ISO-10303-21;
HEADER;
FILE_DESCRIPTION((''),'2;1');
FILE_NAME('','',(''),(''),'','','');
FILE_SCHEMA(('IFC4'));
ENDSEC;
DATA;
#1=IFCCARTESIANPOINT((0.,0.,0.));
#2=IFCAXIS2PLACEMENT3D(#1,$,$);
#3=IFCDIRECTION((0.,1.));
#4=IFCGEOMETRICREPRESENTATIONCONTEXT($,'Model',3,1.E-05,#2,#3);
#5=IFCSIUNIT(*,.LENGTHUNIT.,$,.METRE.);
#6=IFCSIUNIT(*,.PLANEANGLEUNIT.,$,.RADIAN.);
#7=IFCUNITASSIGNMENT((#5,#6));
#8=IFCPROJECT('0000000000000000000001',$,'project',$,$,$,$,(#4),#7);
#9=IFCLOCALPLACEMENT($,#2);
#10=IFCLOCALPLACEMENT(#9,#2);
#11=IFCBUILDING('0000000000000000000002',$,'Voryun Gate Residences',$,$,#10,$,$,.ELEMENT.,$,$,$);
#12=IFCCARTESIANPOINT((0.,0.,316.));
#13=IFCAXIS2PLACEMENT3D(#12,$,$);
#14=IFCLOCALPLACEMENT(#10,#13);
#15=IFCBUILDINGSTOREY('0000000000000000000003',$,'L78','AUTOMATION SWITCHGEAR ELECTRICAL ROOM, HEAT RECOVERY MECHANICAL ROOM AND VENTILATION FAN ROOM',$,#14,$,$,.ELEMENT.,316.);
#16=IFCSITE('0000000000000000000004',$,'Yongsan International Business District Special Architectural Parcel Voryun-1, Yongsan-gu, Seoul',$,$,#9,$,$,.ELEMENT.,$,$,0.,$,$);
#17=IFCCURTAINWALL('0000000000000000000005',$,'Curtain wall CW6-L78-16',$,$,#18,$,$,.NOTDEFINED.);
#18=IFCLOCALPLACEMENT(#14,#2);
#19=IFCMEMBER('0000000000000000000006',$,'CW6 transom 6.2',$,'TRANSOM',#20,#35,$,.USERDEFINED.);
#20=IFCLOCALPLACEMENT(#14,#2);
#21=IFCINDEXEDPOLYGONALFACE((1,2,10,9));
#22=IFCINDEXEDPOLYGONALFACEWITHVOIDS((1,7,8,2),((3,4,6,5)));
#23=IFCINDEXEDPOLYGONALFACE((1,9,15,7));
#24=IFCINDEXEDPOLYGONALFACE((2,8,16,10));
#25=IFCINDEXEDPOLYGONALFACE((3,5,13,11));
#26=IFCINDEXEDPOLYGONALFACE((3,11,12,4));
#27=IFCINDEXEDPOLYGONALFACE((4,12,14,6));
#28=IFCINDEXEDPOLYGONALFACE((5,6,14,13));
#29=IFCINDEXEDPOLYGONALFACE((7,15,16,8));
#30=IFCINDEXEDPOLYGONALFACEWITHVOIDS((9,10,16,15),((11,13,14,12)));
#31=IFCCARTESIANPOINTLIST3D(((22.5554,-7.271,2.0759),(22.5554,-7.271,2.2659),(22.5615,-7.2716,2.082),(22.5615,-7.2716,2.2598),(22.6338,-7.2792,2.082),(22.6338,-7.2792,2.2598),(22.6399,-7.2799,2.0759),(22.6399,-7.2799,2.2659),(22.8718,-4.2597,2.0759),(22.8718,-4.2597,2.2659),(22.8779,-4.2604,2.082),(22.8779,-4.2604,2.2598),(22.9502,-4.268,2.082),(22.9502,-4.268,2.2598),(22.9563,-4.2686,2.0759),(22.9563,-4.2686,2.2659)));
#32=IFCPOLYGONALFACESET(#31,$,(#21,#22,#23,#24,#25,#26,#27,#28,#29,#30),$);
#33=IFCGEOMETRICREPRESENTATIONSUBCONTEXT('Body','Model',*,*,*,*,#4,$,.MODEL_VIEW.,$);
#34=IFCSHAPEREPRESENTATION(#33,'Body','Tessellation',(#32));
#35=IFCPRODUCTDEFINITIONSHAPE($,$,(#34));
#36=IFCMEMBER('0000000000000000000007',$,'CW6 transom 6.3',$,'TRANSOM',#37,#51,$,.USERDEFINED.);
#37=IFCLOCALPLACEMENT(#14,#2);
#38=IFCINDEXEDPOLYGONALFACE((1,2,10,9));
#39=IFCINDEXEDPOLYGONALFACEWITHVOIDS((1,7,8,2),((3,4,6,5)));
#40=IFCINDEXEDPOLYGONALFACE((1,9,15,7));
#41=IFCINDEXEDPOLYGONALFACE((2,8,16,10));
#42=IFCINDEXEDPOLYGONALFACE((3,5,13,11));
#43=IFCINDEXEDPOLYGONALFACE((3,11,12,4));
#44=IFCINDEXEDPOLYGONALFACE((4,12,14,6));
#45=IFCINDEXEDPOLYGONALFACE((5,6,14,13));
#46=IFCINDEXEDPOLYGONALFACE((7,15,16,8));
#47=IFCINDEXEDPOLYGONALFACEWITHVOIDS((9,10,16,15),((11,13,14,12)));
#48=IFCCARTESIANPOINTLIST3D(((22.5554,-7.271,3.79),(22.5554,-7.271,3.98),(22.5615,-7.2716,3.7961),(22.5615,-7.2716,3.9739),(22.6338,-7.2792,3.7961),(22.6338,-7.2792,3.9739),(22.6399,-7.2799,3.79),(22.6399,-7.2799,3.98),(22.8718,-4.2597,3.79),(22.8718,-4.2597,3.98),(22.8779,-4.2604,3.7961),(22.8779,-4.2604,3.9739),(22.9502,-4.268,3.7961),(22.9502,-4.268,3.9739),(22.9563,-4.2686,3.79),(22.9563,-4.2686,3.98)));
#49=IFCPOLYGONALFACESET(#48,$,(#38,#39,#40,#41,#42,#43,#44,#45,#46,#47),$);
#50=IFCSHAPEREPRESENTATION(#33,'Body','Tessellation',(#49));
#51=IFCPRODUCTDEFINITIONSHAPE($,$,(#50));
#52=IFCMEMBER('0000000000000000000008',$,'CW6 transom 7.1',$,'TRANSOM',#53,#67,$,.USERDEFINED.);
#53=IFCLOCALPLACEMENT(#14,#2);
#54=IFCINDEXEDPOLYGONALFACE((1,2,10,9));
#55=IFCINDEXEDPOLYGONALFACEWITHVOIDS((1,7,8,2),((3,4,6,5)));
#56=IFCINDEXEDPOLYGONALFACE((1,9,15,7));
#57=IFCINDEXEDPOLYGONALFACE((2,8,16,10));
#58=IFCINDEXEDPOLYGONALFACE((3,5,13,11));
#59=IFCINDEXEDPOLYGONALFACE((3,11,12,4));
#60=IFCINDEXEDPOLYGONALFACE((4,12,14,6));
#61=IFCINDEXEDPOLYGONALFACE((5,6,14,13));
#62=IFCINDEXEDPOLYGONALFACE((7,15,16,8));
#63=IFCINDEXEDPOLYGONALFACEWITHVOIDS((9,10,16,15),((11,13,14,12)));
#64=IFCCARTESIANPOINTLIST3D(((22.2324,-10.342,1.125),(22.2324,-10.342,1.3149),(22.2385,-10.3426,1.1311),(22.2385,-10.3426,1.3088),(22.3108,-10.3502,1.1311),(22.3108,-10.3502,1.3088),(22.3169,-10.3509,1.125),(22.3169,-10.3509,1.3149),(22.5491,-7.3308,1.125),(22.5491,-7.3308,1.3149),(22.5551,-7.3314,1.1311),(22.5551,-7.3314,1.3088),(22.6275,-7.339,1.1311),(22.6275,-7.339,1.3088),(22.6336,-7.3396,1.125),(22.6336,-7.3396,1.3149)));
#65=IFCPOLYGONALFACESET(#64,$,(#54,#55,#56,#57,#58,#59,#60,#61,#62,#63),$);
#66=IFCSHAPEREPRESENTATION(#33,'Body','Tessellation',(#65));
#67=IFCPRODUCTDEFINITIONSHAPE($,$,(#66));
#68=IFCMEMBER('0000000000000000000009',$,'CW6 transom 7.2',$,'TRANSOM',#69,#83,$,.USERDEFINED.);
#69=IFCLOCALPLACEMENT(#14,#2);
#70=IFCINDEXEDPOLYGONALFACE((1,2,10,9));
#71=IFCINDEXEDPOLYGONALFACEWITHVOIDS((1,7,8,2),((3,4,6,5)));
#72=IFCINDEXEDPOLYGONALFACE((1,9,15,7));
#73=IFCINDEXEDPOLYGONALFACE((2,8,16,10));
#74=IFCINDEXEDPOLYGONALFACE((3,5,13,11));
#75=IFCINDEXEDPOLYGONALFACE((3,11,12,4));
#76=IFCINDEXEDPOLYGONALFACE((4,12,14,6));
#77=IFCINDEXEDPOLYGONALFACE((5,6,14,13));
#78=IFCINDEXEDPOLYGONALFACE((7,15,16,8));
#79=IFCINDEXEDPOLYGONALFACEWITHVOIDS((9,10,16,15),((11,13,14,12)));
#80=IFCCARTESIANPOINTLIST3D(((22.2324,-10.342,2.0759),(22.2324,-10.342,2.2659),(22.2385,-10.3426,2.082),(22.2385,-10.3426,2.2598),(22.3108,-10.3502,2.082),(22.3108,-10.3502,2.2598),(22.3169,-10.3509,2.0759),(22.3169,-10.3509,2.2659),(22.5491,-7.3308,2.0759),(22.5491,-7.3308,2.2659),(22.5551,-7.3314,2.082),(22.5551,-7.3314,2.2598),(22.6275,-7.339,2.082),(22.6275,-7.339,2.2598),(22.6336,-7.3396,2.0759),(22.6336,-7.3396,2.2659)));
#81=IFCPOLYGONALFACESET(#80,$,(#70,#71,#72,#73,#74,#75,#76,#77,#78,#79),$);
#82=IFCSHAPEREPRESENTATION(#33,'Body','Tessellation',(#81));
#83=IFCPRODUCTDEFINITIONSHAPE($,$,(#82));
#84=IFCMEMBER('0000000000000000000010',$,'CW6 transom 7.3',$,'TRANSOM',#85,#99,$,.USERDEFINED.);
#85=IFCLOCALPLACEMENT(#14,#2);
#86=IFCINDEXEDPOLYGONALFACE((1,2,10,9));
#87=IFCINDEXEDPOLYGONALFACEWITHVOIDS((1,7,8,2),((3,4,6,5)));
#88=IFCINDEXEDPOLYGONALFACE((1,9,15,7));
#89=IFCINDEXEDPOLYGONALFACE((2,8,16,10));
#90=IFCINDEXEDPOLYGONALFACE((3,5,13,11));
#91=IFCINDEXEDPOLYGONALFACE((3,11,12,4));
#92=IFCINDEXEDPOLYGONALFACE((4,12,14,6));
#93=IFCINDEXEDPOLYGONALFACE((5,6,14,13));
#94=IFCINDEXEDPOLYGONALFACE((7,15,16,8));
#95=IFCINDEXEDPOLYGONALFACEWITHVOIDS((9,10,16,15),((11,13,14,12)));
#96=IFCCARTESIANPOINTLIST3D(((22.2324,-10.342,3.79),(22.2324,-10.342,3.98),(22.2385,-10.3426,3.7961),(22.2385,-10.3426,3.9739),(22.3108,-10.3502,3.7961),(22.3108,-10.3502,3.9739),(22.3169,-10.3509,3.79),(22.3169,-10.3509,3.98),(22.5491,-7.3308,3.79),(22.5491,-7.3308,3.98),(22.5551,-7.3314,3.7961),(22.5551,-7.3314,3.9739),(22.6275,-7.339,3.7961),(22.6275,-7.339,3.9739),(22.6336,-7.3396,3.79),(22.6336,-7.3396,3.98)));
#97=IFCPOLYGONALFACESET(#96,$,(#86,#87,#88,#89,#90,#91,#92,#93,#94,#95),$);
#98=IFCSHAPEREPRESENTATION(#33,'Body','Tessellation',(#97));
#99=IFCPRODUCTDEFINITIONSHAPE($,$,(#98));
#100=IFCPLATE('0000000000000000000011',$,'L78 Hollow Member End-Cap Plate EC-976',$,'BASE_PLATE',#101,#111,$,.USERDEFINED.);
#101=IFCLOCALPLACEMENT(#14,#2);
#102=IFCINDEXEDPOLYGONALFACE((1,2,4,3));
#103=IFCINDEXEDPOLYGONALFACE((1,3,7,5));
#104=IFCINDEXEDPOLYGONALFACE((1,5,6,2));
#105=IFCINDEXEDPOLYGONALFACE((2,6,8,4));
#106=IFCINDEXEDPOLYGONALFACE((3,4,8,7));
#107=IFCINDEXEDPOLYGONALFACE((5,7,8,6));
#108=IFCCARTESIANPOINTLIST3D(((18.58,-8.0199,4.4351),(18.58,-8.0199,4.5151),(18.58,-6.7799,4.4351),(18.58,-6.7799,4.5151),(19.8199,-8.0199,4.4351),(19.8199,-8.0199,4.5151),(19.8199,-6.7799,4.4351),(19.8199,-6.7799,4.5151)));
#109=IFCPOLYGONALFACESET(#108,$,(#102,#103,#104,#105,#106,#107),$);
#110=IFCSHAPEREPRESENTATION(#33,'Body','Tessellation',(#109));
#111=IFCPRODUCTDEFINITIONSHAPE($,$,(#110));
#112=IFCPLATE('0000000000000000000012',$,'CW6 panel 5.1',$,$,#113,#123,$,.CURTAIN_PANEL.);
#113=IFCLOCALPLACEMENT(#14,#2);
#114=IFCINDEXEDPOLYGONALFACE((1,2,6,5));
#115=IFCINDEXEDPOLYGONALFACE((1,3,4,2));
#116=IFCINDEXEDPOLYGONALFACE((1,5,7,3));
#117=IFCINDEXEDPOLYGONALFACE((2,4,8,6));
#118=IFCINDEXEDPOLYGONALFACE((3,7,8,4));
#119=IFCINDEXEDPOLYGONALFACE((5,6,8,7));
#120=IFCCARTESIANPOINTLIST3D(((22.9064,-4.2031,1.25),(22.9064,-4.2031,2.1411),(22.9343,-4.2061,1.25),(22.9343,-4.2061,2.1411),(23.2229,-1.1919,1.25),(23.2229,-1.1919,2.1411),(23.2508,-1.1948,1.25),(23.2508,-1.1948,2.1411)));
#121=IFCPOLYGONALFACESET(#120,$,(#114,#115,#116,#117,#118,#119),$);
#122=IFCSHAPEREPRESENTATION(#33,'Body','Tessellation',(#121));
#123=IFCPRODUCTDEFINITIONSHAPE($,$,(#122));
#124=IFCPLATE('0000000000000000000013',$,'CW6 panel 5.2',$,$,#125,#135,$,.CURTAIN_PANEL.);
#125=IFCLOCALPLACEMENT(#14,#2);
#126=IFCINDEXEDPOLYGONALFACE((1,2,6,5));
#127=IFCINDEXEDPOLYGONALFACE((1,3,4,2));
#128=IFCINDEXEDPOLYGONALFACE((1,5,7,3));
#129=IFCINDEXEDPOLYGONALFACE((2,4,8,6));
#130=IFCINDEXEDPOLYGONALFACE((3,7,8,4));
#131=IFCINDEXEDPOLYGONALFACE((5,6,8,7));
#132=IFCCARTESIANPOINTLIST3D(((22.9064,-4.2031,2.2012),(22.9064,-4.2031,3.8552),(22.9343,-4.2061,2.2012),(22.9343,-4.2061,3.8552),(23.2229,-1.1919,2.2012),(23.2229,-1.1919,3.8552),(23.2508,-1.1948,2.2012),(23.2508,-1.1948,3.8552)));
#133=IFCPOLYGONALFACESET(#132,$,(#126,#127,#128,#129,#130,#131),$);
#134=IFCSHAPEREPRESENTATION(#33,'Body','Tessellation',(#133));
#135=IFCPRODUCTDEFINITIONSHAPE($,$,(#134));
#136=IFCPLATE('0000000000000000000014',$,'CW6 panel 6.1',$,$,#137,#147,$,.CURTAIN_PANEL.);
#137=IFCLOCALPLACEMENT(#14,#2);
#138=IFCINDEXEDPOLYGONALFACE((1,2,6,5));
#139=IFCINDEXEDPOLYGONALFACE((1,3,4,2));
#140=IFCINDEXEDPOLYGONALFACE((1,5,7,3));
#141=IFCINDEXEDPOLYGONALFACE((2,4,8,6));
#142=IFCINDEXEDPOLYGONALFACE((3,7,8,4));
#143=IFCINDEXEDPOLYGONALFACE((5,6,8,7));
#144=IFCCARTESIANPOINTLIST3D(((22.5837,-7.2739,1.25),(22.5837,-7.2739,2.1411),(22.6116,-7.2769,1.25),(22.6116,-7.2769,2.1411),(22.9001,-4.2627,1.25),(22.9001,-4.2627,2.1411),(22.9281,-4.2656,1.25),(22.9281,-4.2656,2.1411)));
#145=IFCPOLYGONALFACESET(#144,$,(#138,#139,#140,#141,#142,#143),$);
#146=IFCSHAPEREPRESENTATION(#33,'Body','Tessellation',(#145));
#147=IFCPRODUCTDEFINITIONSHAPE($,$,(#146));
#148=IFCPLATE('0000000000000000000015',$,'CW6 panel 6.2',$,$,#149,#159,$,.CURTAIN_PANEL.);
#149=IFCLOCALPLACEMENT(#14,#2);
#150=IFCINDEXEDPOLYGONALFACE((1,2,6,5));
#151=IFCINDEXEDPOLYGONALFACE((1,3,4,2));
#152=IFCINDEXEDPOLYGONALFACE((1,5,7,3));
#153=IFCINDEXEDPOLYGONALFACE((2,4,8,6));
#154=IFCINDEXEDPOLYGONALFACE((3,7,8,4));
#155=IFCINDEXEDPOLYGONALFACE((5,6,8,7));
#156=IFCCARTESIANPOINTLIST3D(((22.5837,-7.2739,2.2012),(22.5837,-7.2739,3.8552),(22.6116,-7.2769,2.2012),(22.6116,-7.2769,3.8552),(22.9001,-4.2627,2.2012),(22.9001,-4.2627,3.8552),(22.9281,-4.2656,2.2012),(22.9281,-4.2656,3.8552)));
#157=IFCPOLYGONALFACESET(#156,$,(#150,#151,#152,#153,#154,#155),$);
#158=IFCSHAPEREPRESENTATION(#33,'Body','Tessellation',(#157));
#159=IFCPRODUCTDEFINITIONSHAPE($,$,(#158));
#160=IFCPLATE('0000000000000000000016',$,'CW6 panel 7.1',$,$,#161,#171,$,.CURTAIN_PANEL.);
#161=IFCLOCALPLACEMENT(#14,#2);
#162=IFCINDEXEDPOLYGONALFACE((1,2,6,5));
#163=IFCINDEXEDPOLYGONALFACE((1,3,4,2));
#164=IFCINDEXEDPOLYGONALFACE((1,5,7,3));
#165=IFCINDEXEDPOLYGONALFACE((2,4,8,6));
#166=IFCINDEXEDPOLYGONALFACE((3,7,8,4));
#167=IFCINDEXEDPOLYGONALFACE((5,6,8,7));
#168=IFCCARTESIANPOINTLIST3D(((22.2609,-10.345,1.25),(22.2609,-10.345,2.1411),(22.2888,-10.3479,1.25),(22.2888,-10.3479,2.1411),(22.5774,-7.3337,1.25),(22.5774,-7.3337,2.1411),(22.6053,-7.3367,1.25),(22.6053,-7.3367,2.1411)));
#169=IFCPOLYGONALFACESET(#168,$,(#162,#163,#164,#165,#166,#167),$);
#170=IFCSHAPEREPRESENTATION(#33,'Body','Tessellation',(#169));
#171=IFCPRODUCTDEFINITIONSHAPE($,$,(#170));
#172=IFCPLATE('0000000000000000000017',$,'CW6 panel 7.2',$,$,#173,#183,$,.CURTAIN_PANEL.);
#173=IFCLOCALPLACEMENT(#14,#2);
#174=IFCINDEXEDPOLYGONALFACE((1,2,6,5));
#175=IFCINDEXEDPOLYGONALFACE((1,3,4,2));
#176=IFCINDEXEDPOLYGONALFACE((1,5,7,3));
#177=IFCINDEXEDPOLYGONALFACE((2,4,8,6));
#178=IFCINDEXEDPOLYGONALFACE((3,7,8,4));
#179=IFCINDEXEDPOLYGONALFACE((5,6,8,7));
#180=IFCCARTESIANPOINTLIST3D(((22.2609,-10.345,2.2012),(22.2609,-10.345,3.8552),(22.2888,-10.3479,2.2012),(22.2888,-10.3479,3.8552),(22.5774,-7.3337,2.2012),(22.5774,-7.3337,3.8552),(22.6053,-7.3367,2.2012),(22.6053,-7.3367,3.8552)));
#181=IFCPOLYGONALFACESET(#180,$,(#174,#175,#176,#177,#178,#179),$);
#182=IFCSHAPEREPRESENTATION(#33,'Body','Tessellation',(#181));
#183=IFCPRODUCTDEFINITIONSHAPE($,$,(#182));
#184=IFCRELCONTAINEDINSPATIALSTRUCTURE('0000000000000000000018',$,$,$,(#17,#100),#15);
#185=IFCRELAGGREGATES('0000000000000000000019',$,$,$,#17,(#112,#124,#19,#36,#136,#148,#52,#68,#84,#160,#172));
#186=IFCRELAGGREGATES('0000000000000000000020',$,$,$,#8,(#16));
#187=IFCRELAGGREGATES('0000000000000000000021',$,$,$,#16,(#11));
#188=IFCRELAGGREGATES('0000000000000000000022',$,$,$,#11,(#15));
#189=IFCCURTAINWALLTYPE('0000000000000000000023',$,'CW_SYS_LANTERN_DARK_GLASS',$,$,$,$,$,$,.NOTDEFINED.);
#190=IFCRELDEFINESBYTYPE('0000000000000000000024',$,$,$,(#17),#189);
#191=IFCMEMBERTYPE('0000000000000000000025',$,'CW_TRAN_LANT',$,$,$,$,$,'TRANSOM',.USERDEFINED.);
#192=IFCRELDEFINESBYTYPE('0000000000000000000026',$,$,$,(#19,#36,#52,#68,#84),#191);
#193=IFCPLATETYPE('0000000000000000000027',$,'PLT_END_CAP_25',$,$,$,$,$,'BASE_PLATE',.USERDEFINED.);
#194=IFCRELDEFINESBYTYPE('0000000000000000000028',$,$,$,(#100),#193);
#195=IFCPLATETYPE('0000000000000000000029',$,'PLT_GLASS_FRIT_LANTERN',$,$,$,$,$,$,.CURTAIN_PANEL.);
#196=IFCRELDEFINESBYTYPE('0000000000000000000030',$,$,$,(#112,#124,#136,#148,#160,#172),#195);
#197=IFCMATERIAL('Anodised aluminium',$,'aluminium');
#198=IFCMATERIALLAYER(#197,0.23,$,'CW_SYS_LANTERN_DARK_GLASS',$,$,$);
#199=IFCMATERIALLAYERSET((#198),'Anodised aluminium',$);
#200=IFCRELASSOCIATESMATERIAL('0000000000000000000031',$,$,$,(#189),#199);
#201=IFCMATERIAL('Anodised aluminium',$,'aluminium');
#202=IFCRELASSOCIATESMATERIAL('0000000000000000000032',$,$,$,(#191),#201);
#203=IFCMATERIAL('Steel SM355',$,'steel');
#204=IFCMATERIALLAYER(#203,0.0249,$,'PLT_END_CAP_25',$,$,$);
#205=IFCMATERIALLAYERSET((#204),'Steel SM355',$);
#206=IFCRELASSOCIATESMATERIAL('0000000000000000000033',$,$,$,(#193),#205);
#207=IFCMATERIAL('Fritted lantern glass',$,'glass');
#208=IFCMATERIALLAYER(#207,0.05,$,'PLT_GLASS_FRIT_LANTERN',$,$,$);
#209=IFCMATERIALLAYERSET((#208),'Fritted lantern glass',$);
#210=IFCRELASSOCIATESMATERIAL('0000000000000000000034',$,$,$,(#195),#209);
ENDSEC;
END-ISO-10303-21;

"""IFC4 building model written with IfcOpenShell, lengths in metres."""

from ifc_helpers import new_model, si_unit, direction, frame, origin, origin_2d, place, context, subcontext, project, spatial, rectangle, hollow_rectangle, extrude, material, layer, layer_set, material_profile, profile_set, type_object, element, aggregate, save


model = new_model("IFC4")

# Units and contexts
model_context = context("Model", 3, precision=1e-05, world=origin(), true_north=direction((0.0, 1.0)))
body_context = subcontext(model_context, "Body", "Model", "MODEL_VIEW")
ifc_project = project(units=[si_unit("LENGTHUNIT", "METRE"), si_unit("PLANEANGLEUNIT", "RADIAN")], contexts=[model_context])

# Site, building, storey
site_placement = place(None, origin())
site = spatial("IfcSite", under=ifc_project, at=site_placement, Name="Yongsan International Business District Special Architectural Parcel Voryun-1, Yongsan-gu, Seoul", CompositionType="ELEMENT", RefElevation=0.0)
building_placement = place(site_placement, origin())
building = spatial("IfcBuilding", under=site, at=building_placement, Name="Voryun Gate Residences", CompositionType="ELEMENT")
storey_placement = place(building_placement, frame((0.0, 0.0, 316.0)))
storey = spatial("IfcBuildingStorey", under=building, at=storey_placement, Name="L78", Description="AUTOMATION SWITCHGEAR ELECTRICAL ROOM, HEAT RECOVERY MECHANICAL ROOM AND VENTILATION FAN ROOM", CompositionType="ELEMENT", Elevation=316.0)

# Curtain wall, members
ifc_material_1 = material(Name="Anodised aluminium", Category="aluminium")
ifc_layer_1 = layer(ifc_material_1, 0.23, Name="CW_SYS_LANTERN_DARK_GLASS")
ifc_layer_set_1 = layer_set([ifc_layer_1], Name="Anodised aluminium")
curtain_wall_type = type_object("IfcCurtainWallType", Name="CW_SYS_LANTERN_DARK_GLASS", PredefinedType="NOTDEFINED", material=ifc_layer_set_1)
curtain_wall_placement = place(storey_placement, origin())
curtain_wall = element("IfcCurtainWall", 1, at=curtain_wall_placement, inside=storey, type_object=curtain_wall_type, Name="Curtain wall CW6-L78-16", PredefinedType="NOTDEFINED")
ifc_material_2 = material(Name="Anodised aluminium", Category="aluminium")
ifc_material_profile_1 = material_profile(ifc_material_2, hollow_rectangle(XDim=0.085, YDim=0.1899, WallThickness=0.0061, at=origin_2d()), Name="ALU-TRAN-190x85x6")
ifc_profile_set_1 = profile_set([ifc_material_profile_1], Name="Anodised aluminium")
member_type_1 = type_object("IfcMemberType", Name="CW_TRAN_LANT", ElementType="TRANSOM", PredefinedType="USERDEFINED", material=ifc_profile_set_1)
member_1_placement = place(storey_placement, frame((22.9141, -4.2642, 2.1709), z_axis=(-0.1045, -0.994525, 0.0), x_axis=(0.994525, -0.1045, 0.0)))
member_1 = element("IfcMember", 2, at=member_1_placement, type_object=member_type_1, Name="CW6 transom 6.2", ObjectType="TRANSOM", PredefinedType="USERDEFINED", context=body_context, shape_type="SweptSolid", body=[
    extrude(hollow_rectangle(XDim=0.085, YDim=0.1899, WallThickness=0.0061, at=origin_2d()), origin(), (0.0, 0.0, 1.0), 3.0278),
])
member_2_placement = place(storey_placement, frame((22.9141, -4.2642, 3.885), z_axis=(-0.1045, -0.994525, 0.0), x_axis=(0.994525, -0.1045, 0.0)))
member_2 = element("IfcMember", 3, at=member_2_placement, type_object=member_type_1, Name="CW6 transom 6.3", ObjectType="TRANSOM", PredefinedType="USERDEFINED", context=body_context, shape_type="SweptSolid", body=[
    extrude(hollow_rectangle(XDim=0.085, YDim=0.1899, WallThickness=0.0061, at=origin_2d()), origin(), (0.0, 0.0, 1.0), 3.0278),
])
member_3_placement = place(storey_placement, frame((22.5913, -7.3352, 1.22), z_axis=(-0.10458, -0.994516, 0.0), x_axis=(0.994516, -0.10458, 0.0)))
member_3 = element("IfcMember", 4, at=member_3_placement, type_object=member_type_1, Name="CW6 transom 7.1", ObjectType="TRANSOM", PredefinedType="USERDEFINED", context=body_context, shape_type="SweptSolid", body=[
    extrude(hollow_rectangle(XDim=0.085, YDim=0.1899, WallThickness=0.0061, at=origin_2d()), origin(), (0.0, 0.0, 1.0), 3.0278),
])
member_4_placement = place(storey_placement, frame((22.5913, -7.3352, 2.1709), z_axis=(-0.10458, -0.994516, 0.0), x_axis=(0.994516, -0.10458, 0.0)))
member_4 = element("IfcMember", 5, at=member_4_placement, type_object=member_type_1, Name="CW6 transom 7.2", ObjectType="TRANSOM", PredefinedType="USERDEFINED", context=body_context, shape_type="SweptSolid", body=[
    extrude(hollow_rectangle(XDim=0.085, YDim=0.1899, WallThickness=0.0061, at=origin_2d()), origin(), (0.0, 0.0, 1.0), 3.0278),
])
member_5_placement = place(storey_placement, frame((22.5913, -7.3352, 3.885), z_axis=(-0.10458, -0.994516, 0.0), x_axis=(0.994516, -0.10458, 0.0)))
member_5 = element("IfcMember", 6, at=member_5_placement, type_object=member_type_1, Name="CW6 transom 7.3", ObjectType="TRANSOM", PredefinedType="USERDEFINED", context=body_context, shape_type="SweptSolid", body=[
    extrude(hollow_rectangle(XDim=0.085, YDim=0.1899, WallThickness=0.0061, at=origin_2d()), origin(), (0.0, 0.0, 1.0), 3.0278),
])

# Plates
ifc_material_3 = material(Name="Steel SM355", Category="steel")
ifc_layer_2 = layer(ifc_material_3, 0.0249, Name="PLT_END_CAP_25")
ifc_layer_set_2 = layer_set([ifc_layer_2], Name="Steel SM355")
plate_type_1 = type_object("IfcPlateType", Name="PLT_END_CAP_25", ElementType="BASE_PLATE", PredefinedType="USERDEFINED", material=ifc_layer_set_2)
plate_1_placement = place(storey_placement, frame((19.2, -7.3999, 4.4351), z_axis=(0.0, 0.0, 1.0), x_axis=(1.0, 0.0, 0.0)))
element("IfcPlate", 7, at=plate_1_placement, inside=storey, type_object=plate_type_1, Name="L78 Hollow Member End-Cap Plate EC-976", ObjectType="BASE_PLATE", PredefinedType="USERDEFINED", context=body_context, shape_type="SweptSolid", body=[
    extrude(rectangle(XDim=1.24, YDim=1.24, at=origin_2d()), origin(), (0.0, 0.0, 1.0), 0.0801),
])
ifc_material_4 = material(Name="Fritted lantern glass", Category="glass")
ifc_layer_3 = layer(ifc_material_4, 0.05, Name="PLT_GLASS_FRIT_LANTERN")
ifc_layer_set_3 = layer_set([ifc_layer_3], Name="Fritted lantern glass")
plate_type_2 = type_object("IfcPlateType", Name="PLT_GLASS_FRIT_LANTERN", PredefinedType="CURTAIN_PANEL", material=ifc_layer_set_3)
plate_2_placement = place(storey_placement, frame((23.0786, -2.699, 1.25), z_axis=(0.0, 0.0, 1.0), x_axis=(-0.104528, -0.994522, 0.0)))
plate_2 = element("IfcPlate", 8, at=plate_2_placement, type_object=plate_type_2, Name="CW6 panel 5.1", PredefinedType="CURTAIN_PANEL", context=body_context, shape_type="SweptSolid", body=[
    extrude(rectangle(XDim=3.0278, YDim=0.0281, at=origin_2d()), origin(), (0.0, 0.0, 1.0), 0.8911),
])
plate_3_placement = place(storey_placement, frame((23.0786, -2.699, 2.2012), z_axis=(0.0, 0.0, 1.0), x_axis=(-0.104528, -0.994522, 0.0)))
plate_3 = element("IfcPlate", 9, at=plate_3_placement, type_object=plate_type_2, Name="CW6 panel 5.2", PredefinedType="CURTAIN_PANEL", context=body_context, shape_type="SweptSolid", body=[
    extrude(rectangle(XDim=3.0278, YDim=0.0281, at=origin_2d()), origin(), (0.0, 0.0, 1.0), 1.6541),
])
plate_4_placement = place(storey_placement, frame((22.7559, -5.7698, 1.25), z_axis=(0.0, 0.0, 1.0), x_axis=(-0.104528, -0.994522, 0.0)))
plate_4 = element("IfcPlate", 10, at=plate_4_placement, type_object=plate_type_2, Name="CW6 panel 6.1", PredefinedType="CURTAIN_PANEL", context=body_context, shape_type="SweptSolid", body=[
    extrude(rectangle(XDim=3.0278, YDim=0.0281, at=origin_2d()), origin(), (0.0, 0.0, 1.0), 0.8911),
])
plate_5_placement = place(storey_placement, frame((22.7559, -5.7698, 2.2012), z_axis=(0.0, 0.0, 1.0), x_axis=(-0.104528, -0.994522, 0.0)))
plate_5 = element("IfcPlate", 11, at=plate_5_placement, type_object=plate_type_2, Name="CW6 panel 6.2", PredefinedType="CURTAIN_PANEL", context=body_context, shape_type="SweptSolid", body=[
    extrude(rectangle(XDim=3.0278, YDim=0.0281, at=origin_2d()), origin(), (0.0, 0.0, 1.0), 1.6541),
])
plate_6_placement = place(storey_placement, frame((22.4331, -8.8408, 1.25), z_axis=(0.0, 0.0, 1.0), x_axis=(-0.104528, -0.994522, 0.0)))
plate_6 = element("IfcPlate", 12, at=plate_6_placement, type_object=plate_type_2, Name="CW6 panel 7.1", PredefinedType="CURTAIN_PANEL", context=body_context, shape_type="SweptSolid", body=[
    extrude(rectangle(XDim=3.0278, YDim=0.0281, at=origin_2d()), origin(), (0.0, 0.0, 1.0), 0.8911),
])
plate_7_placement = place(storey_placement, frame((22.4331, -8.8408, 2.2012), z_axis=(0.0, 0.0, 1.0), x_axis=(-0.104528, -0.994522, 0.0)))
plate_7 = element("IfcPlate", 13, at=plate_7_placement, type_object=plate_type_2, Name="CW6 panel 7.2", PredefinedType="CURTAIN_PANEL", context=body_context, shape_type="SweptSolid", body=[
    extrude(rectangle(XDim=3.0278, YDim=0.0281, at=origin_2d()), origin(), (0.0, 0.0, 1.0), 1.6541),
])
aggregate(curtain_wall, [plate_2, plate_3, member_1, member_2, plate_4, plate_5, member_3, member_4, member_5, plate_6, plate_7])

save(model, "model.ifc")
